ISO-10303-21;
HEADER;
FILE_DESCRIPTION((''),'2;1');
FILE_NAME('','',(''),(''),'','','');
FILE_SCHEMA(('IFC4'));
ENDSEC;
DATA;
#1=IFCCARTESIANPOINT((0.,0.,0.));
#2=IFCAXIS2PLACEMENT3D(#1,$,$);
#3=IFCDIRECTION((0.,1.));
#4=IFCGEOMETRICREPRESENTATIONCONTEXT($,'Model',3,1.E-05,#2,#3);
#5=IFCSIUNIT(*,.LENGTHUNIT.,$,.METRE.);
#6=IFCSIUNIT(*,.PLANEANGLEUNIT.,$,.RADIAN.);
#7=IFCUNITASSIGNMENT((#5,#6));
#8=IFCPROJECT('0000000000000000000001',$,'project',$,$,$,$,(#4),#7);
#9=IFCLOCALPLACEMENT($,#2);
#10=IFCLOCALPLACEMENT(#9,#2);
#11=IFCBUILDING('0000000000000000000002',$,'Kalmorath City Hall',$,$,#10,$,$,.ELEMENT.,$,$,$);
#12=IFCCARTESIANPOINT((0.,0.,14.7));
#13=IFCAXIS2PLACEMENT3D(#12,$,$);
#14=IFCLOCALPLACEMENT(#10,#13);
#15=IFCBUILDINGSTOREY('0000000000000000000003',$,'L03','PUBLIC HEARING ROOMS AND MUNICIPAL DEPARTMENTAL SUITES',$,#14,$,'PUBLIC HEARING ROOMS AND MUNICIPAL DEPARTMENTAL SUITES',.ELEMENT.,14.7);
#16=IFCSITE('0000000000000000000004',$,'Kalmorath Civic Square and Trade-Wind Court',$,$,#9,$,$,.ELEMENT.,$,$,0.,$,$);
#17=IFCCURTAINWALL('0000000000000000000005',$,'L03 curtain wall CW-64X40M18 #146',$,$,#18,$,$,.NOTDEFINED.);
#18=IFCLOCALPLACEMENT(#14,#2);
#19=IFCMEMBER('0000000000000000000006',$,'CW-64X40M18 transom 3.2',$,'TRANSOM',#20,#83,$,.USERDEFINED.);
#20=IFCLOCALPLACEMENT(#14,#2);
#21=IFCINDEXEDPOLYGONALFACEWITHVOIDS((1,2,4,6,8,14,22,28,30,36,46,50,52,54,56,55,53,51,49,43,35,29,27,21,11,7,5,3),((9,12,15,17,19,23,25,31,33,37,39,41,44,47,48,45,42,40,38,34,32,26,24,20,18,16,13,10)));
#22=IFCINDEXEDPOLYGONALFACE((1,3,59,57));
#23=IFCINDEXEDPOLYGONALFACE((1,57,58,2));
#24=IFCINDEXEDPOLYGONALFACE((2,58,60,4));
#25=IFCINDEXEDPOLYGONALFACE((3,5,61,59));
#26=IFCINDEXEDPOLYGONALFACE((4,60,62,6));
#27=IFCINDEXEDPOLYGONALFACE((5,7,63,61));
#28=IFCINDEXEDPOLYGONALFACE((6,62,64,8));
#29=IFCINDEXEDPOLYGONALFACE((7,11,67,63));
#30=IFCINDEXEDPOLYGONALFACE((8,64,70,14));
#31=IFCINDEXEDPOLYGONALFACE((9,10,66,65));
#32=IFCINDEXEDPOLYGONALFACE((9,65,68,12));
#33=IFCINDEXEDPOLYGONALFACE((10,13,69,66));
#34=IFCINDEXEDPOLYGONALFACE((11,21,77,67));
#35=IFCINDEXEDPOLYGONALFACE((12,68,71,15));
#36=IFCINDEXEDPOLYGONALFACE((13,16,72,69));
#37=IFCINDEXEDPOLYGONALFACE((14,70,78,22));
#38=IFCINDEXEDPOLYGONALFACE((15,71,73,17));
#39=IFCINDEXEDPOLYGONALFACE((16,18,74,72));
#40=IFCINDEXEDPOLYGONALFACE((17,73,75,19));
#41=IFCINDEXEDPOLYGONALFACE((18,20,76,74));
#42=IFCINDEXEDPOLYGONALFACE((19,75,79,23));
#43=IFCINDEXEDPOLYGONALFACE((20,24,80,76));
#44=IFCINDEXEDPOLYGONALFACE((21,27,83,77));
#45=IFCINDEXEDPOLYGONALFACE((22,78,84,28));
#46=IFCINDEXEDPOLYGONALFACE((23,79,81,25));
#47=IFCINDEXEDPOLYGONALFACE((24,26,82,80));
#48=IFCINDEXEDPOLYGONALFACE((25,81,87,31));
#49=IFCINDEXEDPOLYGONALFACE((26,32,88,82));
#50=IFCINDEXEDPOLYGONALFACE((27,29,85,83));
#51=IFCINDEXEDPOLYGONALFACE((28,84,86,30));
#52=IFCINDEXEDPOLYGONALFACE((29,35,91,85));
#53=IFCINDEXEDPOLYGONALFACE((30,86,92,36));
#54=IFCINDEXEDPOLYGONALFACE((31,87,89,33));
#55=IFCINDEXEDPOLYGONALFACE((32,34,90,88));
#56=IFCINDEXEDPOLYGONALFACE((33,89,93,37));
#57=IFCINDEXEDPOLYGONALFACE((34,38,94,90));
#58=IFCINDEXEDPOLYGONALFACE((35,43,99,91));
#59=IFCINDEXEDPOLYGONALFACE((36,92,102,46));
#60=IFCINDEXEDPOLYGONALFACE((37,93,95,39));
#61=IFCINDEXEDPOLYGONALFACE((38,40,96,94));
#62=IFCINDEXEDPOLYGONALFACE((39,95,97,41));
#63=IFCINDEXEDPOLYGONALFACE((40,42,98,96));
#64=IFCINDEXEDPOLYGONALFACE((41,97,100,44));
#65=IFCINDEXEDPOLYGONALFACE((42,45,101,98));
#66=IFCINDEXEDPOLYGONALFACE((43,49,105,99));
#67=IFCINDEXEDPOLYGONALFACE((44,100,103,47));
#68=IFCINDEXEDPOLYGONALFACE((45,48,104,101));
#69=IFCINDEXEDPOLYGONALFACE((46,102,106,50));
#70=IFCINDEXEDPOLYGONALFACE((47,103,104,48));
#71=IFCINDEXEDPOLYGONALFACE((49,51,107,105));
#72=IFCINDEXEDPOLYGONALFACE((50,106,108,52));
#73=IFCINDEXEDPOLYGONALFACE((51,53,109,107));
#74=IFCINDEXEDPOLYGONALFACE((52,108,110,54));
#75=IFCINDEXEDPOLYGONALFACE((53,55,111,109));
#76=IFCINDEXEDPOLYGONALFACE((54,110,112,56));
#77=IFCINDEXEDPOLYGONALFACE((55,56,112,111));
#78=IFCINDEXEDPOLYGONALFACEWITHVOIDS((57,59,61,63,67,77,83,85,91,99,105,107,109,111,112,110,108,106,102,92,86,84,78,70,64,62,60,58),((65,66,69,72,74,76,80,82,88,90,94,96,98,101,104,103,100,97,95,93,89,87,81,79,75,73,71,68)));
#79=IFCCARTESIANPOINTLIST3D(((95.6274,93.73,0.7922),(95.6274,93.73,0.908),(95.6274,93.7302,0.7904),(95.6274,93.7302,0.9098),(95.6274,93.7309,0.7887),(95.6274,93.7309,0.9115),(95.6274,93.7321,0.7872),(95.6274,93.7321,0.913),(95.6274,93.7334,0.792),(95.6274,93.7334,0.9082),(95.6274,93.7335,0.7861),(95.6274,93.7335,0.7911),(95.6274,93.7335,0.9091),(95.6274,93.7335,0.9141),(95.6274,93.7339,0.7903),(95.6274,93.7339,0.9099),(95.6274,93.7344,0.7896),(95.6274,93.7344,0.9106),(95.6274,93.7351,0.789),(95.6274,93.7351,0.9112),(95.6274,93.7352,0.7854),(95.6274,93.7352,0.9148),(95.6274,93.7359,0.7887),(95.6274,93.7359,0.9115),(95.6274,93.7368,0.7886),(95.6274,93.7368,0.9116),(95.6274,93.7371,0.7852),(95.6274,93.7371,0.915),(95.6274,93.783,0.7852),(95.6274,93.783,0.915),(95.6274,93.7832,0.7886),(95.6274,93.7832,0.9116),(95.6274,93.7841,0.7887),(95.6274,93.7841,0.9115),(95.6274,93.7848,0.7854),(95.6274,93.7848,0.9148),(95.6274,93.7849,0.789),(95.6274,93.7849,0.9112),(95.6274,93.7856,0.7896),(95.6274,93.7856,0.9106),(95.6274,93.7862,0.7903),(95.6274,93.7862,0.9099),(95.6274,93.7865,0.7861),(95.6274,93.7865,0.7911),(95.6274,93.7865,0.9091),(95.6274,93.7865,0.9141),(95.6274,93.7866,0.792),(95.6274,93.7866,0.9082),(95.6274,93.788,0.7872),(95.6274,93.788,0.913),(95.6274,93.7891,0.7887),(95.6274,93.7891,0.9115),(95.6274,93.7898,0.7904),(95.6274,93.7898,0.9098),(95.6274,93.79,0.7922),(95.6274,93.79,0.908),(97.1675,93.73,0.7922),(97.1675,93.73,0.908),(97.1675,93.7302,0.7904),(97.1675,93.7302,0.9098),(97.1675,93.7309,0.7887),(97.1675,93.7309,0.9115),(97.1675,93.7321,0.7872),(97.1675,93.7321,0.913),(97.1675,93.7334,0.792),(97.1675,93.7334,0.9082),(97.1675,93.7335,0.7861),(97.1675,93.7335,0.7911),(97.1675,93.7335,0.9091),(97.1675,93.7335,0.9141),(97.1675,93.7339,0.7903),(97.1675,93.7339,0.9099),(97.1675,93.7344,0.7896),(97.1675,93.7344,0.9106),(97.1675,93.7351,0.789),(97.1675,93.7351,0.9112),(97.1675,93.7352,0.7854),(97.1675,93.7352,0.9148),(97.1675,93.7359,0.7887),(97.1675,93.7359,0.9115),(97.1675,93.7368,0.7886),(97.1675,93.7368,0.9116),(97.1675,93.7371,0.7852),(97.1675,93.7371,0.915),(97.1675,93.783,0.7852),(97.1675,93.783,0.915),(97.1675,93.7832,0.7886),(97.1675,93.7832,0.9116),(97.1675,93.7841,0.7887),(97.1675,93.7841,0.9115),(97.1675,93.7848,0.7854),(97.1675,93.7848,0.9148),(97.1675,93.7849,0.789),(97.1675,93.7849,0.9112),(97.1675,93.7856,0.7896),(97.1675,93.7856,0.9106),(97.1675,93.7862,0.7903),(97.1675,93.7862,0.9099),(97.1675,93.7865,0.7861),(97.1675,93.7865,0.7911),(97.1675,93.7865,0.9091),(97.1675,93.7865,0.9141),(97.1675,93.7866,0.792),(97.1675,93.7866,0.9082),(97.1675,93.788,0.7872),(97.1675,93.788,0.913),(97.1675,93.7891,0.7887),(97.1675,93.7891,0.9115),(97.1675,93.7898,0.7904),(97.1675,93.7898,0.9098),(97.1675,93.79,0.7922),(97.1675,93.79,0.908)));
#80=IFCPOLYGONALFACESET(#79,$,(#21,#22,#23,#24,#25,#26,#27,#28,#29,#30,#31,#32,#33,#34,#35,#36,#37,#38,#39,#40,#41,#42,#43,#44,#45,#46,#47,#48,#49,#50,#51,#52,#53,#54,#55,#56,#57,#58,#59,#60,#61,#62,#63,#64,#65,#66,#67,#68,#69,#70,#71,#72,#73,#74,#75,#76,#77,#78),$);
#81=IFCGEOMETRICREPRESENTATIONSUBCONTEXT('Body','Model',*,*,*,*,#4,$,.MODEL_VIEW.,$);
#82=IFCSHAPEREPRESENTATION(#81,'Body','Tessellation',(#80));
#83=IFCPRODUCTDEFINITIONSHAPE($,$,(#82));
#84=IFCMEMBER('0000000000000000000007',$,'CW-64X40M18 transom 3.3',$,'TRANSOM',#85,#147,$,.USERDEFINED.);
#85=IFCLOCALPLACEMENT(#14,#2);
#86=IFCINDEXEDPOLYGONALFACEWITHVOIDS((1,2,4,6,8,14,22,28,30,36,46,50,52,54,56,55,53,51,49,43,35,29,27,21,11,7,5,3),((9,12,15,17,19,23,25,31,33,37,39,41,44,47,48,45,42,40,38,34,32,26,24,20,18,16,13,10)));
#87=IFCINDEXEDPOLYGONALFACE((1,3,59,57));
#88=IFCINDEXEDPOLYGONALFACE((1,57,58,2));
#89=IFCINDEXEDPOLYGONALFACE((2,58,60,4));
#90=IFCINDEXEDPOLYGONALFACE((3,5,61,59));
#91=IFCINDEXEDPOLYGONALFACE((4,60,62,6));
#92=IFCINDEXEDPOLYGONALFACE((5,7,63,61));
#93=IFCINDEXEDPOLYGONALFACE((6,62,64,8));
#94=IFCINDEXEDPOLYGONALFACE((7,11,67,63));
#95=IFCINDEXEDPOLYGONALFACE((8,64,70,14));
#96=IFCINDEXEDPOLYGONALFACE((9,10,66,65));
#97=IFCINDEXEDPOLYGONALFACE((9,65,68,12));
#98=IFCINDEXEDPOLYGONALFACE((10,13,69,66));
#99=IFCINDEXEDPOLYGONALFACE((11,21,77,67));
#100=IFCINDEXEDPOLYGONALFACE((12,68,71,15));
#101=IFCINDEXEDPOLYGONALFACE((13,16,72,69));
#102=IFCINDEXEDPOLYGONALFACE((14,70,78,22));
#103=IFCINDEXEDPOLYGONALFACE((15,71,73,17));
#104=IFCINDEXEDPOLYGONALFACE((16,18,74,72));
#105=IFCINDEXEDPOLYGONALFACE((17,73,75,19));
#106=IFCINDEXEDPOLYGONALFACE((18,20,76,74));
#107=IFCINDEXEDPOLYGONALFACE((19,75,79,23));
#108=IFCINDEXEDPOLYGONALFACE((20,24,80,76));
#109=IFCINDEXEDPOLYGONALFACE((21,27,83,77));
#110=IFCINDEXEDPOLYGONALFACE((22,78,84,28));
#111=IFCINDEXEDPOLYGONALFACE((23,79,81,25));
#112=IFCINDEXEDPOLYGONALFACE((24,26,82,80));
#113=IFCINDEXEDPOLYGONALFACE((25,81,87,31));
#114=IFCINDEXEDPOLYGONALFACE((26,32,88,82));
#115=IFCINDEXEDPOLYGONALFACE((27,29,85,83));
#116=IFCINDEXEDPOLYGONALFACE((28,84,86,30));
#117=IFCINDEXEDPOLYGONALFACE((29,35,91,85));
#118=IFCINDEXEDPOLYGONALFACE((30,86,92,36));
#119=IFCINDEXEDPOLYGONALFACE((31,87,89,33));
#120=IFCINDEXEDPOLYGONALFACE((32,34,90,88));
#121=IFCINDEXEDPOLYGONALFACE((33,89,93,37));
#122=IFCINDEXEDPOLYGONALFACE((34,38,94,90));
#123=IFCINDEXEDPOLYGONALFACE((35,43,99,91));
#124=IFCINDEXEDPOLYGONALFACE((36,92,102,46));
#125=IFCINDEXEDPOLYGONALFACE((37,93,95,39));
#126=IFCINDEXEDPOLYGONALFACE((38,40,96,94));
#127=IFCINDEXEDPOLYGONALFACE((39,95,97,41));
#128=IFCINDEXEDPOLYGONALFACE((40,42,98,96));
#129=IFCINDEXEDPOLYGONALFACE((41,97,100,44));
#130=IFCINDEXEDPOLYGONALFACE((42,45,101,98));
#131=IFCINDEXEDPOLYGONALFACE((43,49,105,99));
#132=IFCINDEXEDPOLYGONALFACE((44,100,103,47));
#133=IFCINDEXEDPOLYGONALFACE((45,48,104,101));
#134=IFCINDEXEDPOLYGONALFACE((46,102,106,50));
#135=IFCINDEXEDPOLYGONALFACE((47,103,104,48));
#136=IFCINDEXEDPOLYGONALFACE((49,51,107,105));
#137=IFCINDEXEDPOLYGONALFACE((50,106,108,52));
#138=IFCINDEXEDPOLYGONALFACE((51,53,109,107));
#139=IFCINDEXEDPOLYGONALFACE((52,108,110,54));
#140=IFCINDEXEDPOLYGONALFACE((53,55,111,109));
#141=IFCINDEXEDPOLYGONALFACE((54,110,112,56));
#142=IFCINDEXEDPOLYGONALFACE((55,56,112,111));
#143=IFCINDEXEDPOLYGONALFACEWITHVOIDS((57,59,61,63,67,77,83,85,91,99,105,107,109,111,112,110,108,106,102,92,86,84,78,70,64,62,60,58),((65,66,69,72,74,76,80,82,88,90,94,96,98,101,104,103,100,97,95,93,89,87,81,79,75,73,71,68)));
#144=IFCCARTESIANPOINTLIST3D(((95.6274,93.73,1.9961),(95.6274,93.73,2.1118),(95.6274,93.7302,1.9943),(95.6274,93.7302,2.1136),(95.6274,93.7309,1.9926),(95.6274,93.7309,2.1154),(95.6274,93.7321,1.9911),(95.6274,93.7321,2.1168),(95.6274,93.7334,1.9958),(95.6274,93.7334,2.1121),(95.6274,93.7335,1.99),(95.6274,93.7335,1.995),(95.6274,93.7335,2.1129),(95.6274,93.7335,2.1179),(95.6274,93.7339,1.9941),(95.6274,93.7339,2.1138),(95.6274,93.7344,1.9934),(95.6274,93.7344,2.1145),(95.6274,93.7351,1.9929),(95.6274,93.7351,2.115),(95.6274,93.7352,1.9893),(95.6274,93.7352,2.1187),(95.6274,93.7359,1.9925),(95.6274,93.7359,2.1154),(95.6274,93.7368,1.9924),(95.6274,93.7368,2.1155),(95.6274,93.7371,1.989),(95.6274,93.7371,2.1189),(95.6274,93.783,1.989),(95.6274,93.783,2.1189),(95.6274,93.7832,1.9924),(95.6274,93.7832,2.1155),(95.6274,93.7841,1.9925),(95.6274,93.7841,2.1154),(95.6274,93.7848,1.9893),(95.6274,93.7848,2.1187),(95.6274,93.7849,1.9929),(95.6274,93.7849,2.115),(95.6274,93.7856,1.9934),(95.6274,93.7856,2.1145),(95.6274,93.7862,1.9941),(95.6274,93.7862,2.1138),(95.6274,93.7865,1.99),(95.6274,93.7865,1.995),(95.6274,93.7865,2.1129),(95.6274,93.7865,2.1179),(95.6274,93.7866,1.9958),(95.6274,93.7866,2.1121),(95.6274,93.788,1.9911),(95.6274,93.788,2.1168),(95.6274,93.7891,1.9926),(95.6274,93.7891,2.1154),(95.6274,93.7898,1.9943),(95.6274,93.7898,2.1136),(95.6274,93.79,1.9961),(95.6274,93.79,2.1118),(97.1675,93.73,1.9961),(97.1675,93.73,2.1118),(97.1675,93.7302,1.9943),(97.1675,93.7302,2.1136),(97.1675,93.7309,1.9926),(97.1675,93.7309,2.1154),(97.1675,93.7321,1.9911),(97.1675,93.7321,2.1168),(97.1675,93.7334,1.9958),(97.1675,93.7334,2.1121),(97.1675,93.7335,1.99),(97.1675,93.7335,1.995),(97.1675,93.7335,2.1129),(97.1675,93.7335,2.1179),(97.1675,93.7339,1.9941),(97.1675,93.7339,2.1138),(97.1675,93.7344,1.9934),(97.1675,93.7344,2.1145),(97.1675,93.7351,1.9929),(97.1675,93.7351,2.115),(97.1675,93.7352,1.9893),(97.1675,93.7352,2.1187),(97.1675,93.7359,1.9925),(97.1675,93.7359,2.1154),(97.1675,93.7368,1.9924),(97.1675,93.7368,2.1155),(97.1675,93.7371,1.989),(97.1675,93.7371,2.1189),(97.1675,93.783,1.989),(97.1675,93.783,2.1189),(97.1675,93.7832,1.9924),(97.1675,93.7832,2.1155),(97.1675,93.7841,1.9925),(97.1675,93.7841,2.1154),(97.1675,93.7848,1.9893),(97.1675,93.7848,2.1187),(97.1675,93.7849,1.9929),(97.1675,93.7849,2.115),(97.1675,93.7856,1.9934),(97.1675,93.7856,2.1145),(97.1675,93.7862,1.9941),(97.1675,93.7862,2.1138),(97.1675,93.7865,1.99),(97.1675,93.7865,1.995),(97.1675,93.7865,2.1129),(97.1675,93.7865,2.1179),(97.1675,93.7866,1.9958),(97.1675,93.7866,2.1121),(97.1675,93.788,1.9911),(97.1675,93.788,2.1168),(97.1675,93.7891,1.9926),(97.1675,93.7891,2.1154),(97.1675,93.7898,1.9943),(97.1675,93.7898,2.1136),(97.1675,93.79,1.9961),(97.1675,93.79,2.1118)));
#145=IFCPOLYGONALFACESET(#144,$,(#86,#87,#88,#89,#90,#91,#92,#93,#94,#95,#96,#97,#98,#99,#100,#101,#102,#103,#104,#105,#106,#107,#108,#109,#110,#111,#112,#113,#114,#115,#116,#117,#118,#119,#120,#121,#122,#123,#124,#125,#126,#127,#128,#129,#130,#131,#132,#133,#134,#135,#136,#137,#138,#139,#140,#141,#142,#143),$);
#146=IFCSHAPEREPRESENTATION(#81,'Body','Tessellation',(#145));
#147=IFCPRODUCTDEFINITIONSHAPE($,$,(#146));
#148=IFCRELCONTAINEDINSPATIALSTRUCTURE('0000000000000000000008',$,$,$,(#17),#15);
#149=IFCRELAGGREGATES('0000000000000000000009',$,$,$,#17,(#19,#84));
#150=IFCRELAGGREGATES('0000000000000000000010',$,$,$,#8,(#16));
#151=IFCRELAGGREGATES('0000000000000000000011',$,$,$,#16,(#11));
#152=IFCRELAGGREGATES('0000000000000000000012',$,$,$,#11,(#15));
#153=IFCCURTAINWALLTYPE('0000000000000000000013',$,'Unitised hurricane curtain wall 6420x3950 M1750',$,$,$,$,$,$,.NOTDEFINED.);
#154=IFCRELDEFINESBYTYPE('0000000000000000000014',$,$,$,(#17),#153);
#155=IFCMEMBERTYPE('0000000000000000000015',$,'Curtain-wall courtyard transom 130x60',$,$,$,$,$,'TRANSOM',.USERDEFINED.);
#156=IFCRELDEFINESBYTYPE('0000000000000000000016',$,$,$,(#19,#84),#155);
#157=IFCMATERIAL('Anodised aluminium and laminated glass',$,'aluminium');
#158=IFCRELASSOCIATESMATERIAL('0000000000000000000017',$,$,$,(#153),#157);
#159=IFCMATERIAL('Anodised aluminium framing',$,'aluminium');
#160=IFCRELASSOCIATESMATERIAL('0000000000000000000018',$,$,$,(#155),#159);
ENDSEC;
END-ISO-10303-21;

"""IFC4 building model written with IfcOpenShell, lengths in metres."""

from ifc_helpers import new_model, si_unit, direction, frame, origin, origin_2d, place, context, subcontext, project, spatial, hollow_rectangle, extrude, material, material_profile, profile_set, type_object, element, aggregate, save


model = new_model("IFC4")

# Units and contexts
model_context = context("Model", 3, precision=1e-05, world=origin(), true_north=direction((0.0, 1.0)))
body_context = subcontext(model_context, "Body", "Model", "MODEL_VIEW")
ifc_project = project(units=[si_unit("LENGTHUNIT", "METRE"), si_unit("PLANEANGLEUNIT", "RADIAN")], contexts=[model_context])

# Site, building, storey
site_placement = place(None, origin())
site = spatial("IfcSite", under=ifc_project, at=site_placement, Name="Kalmorath Civic Square and Trade-Wind Court", CompositionType="ELEMENT", RefElevation=0.0)
building_placement = place(site_placement, origin())
building = spatial("IfcBuilding", under=site, at=building_placement, Name="Kalmorath City Hall", CompositionType="ELEMENT")
storey_placement = place(building_placement, frame((0.0, 0.0, 14.7)))
storey = spatial("IfcBuildingStorey", under=building, at=storey_placement, Name="L03", Description="PUBLIC HEARING ROOMS AND MUNICIPAL DEPARTMENTAL SUITES", LongName="PUBLIC HEARING ROOMS AND MUNICIPAL DEPARTMENTAL SUITES", CompositionType="ELEMENT", Elevation=14.7)

# Curtain wall, members
ifc_material_1 = material(Name="Anodised aluminium and laminated glass", Category="aluminium")
curtain_wall_type = type_object("IfcCurtainWallType", Name="Unitised hurricane curtain wall 6420x3950 M1750", PredefinedType="NOTDEFINED", material=ifc_material_1)
curtain_wall_placement = place(storey_placement, origin())
curtain_wall = element("IfcCurtainWall", 1, at=curtain_wall_placement, inside=storey, type_object=curtain_wall_type, Name="L03 curtain wall CW-64X40M18 #146", PredefinedType="NOTDEFINED")
ifc_material_2 = material(Name="Anodised aluminium framing", Category="aluminium")
ifc_material_profile_1 = material_profile(ifc_material_2, hollow_rectangle(XDim=0.0601, YDim=0.1299, WallThickness=0.0034, InnerFilletRadius=0.0034, OuterFilletRadius=0.0071, at=origin_2d()), Name="ALU-TRN-130X60X3.5")
ifc_profile_set_1 = profile_set([ifc_material_profile_1], Name="Anodised aluminium framing")
member_type_1 = type_object("IfcMemberType", Name="Curtain-wall courtyard transom 130x60", ElementType="TRANSOM", PredefinedType="USERDEFINED", material=ifc_profile_set_1)
member_1_placement = place(storey_placement, frame((97.1675, 93.76, 0.8501), z_axis=(-1.0, 0.0, 0.0), x_axis=(0.0, -1.0, 0.0)))
member_1 = element("IfcMember", 2, at=member_1_placement, type_object=member_type_1, Name="CW-64X40M18 transom 3.2", ObjectType="TRANSOM", PredefinedType="USERDEFINED", context=body_context, shape_type="SweptSolid", body=[
    extrude(hollow_rectangle(XDim=0.0601, YDim=0.1299, WallThickness=0.0034, InnerFilletRadius=0.0034, OuterFilletRadius=0.0071, at=origin_2d()), origin(), (0.0, 0.0, 1.0), 1.54),
])
member_2_placement = place(storey_placement, frame((97.1675, 93.76, 2.054), z_axis=(-1.0, 0.0, 0.0), x_axis=(0.0, -1.0, 0.0)))
member_2 = element("IfcMember", 3, at=member_2_placement, type_object=member_type_1, Name="CW-64X40M18 transom 3.3", ObjectType="TRANSOM", PredefinedType="USERDEFINED", context=body_context, shape_type="SweptSolid", body=[
    extrude(hollow_rectangle(XDim=0.0601, YDim=0.1299, WallThickness=0.0034, InnerFilletRadius=0.0034, OuterFilletRadius=0.0071, at=origin_2d()), origin(), (0.0, 0.0, 1.0), 1.54),
])
aggregate(curtain_wall, [member_1, member_2])

save(model, "model.ifc")
